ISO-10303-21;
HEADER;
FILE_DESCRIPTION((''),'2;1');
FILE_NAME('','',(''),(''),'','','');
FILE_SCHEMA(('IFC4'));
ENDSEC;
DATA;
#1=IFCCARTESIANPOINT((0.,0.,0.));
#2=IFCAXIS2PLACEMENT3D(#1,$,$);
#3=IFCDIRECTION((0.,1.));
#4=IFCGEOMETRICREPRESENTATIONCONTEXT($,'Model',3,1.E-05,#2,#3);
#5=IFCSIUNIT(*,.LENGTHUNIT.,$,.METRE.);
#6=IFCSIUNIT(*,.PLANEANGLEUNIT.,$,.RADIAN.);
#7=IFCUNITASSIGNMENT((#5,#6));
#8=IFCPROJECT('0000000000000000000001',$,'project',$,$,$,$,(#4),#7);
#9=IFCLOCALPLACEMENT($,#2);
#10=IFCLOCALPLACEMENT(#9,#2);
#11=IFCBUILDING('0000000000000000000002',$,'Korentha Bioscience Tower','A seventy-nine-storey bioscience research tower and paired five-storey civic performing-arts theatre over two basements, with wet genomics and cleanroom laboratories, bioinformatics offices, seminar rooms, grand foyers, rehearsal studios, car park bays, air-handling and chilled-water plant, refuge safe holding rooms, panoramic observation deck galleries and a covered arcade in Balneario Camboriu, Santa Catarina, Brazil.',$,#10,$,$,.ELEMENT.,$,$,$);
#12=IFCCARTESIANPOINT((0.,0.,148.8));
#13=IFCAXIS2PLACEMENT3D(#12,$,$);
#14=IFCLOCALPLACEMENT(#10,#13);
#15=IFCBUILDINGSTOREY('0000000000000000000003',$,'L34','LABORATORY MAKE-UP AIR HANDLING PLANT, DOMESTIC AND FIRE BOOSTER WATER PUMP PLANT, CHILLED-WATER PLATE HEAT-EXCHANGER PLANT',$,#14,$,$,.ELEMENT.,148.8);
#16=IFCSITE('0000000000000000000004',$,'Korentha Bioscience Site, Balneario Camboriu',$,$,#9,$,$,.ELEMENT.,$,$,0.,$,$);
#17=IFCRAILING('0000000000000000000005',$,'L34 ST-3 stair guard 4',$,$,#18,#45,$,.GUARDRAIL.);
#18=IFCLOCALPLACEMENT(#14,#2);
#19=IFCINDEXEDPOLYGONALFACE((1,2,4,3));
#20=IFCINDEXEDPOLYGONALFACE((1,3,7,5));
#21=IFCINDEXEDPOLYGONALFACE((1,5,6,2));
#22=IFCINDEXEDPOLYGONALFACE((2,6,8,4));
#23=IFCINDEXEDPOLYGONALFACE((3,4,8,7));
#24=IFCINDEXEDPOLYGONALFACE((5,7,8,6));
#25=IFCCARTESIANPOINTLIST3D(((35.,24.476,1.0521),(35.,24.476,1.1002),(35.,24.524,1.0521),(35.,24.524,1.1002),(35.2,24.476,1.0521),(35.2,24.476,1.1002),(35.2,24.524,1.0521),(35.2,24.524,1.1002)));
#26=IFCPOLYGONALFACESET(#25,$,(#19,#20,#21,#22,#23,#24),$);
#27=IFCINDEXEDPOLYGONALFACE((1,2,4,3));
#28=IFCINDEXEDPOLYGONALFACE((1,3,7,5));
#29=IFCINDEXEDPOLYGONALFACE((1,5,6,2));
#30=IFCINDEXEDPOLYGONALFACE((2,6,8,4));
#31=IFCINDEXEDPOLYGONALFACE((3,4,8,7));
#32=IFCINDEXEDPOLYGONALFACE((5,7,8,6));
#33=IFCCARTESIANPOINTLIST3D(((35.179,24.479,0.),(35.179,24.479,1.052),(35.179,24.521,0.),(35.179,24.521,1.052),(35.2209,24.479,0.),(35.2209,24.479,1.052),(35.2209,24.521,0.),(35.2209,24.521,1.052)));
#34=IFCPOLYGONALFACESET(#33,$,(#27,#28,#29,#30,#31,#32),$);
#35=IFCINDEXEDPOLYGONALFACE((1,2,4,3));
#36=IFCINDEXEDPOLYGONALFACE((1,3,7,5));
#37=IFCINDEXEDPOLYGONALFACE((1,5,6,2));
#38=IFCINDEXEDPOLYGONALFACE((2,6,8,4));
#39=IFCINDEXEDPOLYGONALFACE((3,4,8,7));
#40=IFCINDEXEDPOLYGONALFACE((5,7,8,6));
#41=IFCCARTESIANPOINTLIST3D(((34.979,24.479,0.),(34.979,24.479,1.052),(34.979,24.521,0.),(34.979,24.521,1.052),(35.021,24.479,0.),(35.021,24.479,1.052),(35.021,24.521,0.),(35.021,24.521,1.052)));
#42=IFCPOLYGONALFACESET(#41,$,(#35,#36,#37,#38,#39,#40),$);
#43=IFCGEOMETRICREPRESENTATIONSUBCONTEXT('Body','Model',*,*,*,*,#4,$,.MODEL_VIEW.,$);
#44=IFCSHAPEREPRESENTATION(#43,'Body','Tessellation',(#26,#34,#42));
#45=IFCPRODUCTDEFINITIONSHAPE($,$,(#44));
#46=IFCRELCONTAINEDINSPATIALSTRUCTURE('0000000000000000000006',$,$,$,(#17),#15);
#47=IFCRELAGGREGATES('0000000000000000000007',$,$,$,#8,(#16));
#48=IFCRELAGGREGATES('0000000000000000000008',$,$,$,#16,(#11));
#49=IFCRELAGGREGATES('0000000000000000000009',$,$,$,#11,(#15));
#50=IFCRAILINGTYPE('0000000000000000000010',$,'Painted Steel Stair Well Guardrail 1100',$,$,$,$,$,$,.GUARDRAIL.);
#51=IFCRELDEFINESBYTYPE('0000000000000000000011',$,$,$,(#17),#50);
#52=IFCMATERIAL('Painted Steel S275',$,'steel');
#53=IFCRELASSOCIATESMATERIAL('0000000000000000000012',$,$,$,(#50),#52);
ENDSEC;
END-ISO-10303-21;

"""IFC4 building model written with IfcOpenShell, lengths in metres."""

from ifc_helpers import new_model, si_unit, direction, frame, origin, origin_2d, place, context, subcontext, project, spatial, rectangle, extrude, material, type_object, element, save


model = new_model("IFC4")

# Units and contexts
model_context = context("Model", 3, precision=1e-05, world=origin(), true_north=direction((0.0, 1.0)))
body_context = subcontext(model_context, "Body", "Model", "MODEL_VIEW")
ifc_project = project(units=[si_unit("LENGTHUNIT", "METRE"), si_unit("PLANEANGLEUNIT", "RADIAN")], contexts=[model_context])

# Site, building, storey
site_placement = place(None, origin())
site = spatial("IfcSite", under=ifc_project, at=site_placement, Name="Korentha Bioscience Site, Balneario Camboriu", CompositionType="ELEMENT", RefElevation=0.0)
building_placement = place(site_placement, origin())
building = spatial("IfcBuilding", under=site, at=building_placement, Name="Korentha Bioscience Tower", Description="A seventy-nine-storey bioscience research tower and paired five-storey civic performing-arts theatre over two basements, with wet genomics and cleanroom laboratories, bioinformatics offices, seminar rooms, grand foyers, rehearsal studios, car park bays, air-handling and chilled-water plant, refuge safe holding rooms, panoramic observation deck galleries and a covered arcade in Balneario Camboriu, Santa Catarina, Brazil.", CompositionType="ELEMENT")
storey_placement = place(building_placement, frame((0.0, 0.0, 148.8)))
storey = spatial("IfcBuildingStorey", under=building, at=storey_placement, Name="L34", Description="LABORATORY MAKE-UP AIR HANDLING PLANT, DOMESTIC AND FIRE BOOSTER WATER PUMP PLANT, CHILLED-WATER PLATE HEAT-EXCHANGER PLANT", CompositionType="ELEMENT", Elevation=148.8)

# Railing
ifc_material_1 = material(Name="Painted Steel S275", Category="steel")
railing_type_1 = type_object("IfcRailingType", Name="Painted Steel Stair Well Guardrail 1100", PredefinedType="GUARDRAIL", material=ifc_material_1)
railing_1_placement = place(storey_placement, frame((35.2, 24.5, 0.0)))
element("IfcRailing", 1, at=railing_1_placement, inside=storey, type_object=railing_type_1, Name="L34 ST-3 stair guard 4", PredefinedType="GUARDRAIL", context=body_context, shape_type="SweptSolid", body=[
    extrude(rectangle(XDim=0.0481, YDim=0.0481, at=origin_2d()), frame((0.0, 0.0, 1.0762), z_axis=(-1.0, 0.0, 0.0), x_axis=(0.0, -1.0, 0.0)), (0.0, 0.0, 1.0), 0.2),
    extrude(rectangle(XDim=0.042, YDim=0.042, at=origin_2d()), origin(), (0.0, 0.0, 1.0), 1.052),
    extrude(rectangle(XDim=0.042, YDim=0.042, at=origin_2d()), frame((-0.2, 0.0, 0.0)), (0.0, 0.0, 1.0), 1.052),
])

save(model, "model.ifc")
